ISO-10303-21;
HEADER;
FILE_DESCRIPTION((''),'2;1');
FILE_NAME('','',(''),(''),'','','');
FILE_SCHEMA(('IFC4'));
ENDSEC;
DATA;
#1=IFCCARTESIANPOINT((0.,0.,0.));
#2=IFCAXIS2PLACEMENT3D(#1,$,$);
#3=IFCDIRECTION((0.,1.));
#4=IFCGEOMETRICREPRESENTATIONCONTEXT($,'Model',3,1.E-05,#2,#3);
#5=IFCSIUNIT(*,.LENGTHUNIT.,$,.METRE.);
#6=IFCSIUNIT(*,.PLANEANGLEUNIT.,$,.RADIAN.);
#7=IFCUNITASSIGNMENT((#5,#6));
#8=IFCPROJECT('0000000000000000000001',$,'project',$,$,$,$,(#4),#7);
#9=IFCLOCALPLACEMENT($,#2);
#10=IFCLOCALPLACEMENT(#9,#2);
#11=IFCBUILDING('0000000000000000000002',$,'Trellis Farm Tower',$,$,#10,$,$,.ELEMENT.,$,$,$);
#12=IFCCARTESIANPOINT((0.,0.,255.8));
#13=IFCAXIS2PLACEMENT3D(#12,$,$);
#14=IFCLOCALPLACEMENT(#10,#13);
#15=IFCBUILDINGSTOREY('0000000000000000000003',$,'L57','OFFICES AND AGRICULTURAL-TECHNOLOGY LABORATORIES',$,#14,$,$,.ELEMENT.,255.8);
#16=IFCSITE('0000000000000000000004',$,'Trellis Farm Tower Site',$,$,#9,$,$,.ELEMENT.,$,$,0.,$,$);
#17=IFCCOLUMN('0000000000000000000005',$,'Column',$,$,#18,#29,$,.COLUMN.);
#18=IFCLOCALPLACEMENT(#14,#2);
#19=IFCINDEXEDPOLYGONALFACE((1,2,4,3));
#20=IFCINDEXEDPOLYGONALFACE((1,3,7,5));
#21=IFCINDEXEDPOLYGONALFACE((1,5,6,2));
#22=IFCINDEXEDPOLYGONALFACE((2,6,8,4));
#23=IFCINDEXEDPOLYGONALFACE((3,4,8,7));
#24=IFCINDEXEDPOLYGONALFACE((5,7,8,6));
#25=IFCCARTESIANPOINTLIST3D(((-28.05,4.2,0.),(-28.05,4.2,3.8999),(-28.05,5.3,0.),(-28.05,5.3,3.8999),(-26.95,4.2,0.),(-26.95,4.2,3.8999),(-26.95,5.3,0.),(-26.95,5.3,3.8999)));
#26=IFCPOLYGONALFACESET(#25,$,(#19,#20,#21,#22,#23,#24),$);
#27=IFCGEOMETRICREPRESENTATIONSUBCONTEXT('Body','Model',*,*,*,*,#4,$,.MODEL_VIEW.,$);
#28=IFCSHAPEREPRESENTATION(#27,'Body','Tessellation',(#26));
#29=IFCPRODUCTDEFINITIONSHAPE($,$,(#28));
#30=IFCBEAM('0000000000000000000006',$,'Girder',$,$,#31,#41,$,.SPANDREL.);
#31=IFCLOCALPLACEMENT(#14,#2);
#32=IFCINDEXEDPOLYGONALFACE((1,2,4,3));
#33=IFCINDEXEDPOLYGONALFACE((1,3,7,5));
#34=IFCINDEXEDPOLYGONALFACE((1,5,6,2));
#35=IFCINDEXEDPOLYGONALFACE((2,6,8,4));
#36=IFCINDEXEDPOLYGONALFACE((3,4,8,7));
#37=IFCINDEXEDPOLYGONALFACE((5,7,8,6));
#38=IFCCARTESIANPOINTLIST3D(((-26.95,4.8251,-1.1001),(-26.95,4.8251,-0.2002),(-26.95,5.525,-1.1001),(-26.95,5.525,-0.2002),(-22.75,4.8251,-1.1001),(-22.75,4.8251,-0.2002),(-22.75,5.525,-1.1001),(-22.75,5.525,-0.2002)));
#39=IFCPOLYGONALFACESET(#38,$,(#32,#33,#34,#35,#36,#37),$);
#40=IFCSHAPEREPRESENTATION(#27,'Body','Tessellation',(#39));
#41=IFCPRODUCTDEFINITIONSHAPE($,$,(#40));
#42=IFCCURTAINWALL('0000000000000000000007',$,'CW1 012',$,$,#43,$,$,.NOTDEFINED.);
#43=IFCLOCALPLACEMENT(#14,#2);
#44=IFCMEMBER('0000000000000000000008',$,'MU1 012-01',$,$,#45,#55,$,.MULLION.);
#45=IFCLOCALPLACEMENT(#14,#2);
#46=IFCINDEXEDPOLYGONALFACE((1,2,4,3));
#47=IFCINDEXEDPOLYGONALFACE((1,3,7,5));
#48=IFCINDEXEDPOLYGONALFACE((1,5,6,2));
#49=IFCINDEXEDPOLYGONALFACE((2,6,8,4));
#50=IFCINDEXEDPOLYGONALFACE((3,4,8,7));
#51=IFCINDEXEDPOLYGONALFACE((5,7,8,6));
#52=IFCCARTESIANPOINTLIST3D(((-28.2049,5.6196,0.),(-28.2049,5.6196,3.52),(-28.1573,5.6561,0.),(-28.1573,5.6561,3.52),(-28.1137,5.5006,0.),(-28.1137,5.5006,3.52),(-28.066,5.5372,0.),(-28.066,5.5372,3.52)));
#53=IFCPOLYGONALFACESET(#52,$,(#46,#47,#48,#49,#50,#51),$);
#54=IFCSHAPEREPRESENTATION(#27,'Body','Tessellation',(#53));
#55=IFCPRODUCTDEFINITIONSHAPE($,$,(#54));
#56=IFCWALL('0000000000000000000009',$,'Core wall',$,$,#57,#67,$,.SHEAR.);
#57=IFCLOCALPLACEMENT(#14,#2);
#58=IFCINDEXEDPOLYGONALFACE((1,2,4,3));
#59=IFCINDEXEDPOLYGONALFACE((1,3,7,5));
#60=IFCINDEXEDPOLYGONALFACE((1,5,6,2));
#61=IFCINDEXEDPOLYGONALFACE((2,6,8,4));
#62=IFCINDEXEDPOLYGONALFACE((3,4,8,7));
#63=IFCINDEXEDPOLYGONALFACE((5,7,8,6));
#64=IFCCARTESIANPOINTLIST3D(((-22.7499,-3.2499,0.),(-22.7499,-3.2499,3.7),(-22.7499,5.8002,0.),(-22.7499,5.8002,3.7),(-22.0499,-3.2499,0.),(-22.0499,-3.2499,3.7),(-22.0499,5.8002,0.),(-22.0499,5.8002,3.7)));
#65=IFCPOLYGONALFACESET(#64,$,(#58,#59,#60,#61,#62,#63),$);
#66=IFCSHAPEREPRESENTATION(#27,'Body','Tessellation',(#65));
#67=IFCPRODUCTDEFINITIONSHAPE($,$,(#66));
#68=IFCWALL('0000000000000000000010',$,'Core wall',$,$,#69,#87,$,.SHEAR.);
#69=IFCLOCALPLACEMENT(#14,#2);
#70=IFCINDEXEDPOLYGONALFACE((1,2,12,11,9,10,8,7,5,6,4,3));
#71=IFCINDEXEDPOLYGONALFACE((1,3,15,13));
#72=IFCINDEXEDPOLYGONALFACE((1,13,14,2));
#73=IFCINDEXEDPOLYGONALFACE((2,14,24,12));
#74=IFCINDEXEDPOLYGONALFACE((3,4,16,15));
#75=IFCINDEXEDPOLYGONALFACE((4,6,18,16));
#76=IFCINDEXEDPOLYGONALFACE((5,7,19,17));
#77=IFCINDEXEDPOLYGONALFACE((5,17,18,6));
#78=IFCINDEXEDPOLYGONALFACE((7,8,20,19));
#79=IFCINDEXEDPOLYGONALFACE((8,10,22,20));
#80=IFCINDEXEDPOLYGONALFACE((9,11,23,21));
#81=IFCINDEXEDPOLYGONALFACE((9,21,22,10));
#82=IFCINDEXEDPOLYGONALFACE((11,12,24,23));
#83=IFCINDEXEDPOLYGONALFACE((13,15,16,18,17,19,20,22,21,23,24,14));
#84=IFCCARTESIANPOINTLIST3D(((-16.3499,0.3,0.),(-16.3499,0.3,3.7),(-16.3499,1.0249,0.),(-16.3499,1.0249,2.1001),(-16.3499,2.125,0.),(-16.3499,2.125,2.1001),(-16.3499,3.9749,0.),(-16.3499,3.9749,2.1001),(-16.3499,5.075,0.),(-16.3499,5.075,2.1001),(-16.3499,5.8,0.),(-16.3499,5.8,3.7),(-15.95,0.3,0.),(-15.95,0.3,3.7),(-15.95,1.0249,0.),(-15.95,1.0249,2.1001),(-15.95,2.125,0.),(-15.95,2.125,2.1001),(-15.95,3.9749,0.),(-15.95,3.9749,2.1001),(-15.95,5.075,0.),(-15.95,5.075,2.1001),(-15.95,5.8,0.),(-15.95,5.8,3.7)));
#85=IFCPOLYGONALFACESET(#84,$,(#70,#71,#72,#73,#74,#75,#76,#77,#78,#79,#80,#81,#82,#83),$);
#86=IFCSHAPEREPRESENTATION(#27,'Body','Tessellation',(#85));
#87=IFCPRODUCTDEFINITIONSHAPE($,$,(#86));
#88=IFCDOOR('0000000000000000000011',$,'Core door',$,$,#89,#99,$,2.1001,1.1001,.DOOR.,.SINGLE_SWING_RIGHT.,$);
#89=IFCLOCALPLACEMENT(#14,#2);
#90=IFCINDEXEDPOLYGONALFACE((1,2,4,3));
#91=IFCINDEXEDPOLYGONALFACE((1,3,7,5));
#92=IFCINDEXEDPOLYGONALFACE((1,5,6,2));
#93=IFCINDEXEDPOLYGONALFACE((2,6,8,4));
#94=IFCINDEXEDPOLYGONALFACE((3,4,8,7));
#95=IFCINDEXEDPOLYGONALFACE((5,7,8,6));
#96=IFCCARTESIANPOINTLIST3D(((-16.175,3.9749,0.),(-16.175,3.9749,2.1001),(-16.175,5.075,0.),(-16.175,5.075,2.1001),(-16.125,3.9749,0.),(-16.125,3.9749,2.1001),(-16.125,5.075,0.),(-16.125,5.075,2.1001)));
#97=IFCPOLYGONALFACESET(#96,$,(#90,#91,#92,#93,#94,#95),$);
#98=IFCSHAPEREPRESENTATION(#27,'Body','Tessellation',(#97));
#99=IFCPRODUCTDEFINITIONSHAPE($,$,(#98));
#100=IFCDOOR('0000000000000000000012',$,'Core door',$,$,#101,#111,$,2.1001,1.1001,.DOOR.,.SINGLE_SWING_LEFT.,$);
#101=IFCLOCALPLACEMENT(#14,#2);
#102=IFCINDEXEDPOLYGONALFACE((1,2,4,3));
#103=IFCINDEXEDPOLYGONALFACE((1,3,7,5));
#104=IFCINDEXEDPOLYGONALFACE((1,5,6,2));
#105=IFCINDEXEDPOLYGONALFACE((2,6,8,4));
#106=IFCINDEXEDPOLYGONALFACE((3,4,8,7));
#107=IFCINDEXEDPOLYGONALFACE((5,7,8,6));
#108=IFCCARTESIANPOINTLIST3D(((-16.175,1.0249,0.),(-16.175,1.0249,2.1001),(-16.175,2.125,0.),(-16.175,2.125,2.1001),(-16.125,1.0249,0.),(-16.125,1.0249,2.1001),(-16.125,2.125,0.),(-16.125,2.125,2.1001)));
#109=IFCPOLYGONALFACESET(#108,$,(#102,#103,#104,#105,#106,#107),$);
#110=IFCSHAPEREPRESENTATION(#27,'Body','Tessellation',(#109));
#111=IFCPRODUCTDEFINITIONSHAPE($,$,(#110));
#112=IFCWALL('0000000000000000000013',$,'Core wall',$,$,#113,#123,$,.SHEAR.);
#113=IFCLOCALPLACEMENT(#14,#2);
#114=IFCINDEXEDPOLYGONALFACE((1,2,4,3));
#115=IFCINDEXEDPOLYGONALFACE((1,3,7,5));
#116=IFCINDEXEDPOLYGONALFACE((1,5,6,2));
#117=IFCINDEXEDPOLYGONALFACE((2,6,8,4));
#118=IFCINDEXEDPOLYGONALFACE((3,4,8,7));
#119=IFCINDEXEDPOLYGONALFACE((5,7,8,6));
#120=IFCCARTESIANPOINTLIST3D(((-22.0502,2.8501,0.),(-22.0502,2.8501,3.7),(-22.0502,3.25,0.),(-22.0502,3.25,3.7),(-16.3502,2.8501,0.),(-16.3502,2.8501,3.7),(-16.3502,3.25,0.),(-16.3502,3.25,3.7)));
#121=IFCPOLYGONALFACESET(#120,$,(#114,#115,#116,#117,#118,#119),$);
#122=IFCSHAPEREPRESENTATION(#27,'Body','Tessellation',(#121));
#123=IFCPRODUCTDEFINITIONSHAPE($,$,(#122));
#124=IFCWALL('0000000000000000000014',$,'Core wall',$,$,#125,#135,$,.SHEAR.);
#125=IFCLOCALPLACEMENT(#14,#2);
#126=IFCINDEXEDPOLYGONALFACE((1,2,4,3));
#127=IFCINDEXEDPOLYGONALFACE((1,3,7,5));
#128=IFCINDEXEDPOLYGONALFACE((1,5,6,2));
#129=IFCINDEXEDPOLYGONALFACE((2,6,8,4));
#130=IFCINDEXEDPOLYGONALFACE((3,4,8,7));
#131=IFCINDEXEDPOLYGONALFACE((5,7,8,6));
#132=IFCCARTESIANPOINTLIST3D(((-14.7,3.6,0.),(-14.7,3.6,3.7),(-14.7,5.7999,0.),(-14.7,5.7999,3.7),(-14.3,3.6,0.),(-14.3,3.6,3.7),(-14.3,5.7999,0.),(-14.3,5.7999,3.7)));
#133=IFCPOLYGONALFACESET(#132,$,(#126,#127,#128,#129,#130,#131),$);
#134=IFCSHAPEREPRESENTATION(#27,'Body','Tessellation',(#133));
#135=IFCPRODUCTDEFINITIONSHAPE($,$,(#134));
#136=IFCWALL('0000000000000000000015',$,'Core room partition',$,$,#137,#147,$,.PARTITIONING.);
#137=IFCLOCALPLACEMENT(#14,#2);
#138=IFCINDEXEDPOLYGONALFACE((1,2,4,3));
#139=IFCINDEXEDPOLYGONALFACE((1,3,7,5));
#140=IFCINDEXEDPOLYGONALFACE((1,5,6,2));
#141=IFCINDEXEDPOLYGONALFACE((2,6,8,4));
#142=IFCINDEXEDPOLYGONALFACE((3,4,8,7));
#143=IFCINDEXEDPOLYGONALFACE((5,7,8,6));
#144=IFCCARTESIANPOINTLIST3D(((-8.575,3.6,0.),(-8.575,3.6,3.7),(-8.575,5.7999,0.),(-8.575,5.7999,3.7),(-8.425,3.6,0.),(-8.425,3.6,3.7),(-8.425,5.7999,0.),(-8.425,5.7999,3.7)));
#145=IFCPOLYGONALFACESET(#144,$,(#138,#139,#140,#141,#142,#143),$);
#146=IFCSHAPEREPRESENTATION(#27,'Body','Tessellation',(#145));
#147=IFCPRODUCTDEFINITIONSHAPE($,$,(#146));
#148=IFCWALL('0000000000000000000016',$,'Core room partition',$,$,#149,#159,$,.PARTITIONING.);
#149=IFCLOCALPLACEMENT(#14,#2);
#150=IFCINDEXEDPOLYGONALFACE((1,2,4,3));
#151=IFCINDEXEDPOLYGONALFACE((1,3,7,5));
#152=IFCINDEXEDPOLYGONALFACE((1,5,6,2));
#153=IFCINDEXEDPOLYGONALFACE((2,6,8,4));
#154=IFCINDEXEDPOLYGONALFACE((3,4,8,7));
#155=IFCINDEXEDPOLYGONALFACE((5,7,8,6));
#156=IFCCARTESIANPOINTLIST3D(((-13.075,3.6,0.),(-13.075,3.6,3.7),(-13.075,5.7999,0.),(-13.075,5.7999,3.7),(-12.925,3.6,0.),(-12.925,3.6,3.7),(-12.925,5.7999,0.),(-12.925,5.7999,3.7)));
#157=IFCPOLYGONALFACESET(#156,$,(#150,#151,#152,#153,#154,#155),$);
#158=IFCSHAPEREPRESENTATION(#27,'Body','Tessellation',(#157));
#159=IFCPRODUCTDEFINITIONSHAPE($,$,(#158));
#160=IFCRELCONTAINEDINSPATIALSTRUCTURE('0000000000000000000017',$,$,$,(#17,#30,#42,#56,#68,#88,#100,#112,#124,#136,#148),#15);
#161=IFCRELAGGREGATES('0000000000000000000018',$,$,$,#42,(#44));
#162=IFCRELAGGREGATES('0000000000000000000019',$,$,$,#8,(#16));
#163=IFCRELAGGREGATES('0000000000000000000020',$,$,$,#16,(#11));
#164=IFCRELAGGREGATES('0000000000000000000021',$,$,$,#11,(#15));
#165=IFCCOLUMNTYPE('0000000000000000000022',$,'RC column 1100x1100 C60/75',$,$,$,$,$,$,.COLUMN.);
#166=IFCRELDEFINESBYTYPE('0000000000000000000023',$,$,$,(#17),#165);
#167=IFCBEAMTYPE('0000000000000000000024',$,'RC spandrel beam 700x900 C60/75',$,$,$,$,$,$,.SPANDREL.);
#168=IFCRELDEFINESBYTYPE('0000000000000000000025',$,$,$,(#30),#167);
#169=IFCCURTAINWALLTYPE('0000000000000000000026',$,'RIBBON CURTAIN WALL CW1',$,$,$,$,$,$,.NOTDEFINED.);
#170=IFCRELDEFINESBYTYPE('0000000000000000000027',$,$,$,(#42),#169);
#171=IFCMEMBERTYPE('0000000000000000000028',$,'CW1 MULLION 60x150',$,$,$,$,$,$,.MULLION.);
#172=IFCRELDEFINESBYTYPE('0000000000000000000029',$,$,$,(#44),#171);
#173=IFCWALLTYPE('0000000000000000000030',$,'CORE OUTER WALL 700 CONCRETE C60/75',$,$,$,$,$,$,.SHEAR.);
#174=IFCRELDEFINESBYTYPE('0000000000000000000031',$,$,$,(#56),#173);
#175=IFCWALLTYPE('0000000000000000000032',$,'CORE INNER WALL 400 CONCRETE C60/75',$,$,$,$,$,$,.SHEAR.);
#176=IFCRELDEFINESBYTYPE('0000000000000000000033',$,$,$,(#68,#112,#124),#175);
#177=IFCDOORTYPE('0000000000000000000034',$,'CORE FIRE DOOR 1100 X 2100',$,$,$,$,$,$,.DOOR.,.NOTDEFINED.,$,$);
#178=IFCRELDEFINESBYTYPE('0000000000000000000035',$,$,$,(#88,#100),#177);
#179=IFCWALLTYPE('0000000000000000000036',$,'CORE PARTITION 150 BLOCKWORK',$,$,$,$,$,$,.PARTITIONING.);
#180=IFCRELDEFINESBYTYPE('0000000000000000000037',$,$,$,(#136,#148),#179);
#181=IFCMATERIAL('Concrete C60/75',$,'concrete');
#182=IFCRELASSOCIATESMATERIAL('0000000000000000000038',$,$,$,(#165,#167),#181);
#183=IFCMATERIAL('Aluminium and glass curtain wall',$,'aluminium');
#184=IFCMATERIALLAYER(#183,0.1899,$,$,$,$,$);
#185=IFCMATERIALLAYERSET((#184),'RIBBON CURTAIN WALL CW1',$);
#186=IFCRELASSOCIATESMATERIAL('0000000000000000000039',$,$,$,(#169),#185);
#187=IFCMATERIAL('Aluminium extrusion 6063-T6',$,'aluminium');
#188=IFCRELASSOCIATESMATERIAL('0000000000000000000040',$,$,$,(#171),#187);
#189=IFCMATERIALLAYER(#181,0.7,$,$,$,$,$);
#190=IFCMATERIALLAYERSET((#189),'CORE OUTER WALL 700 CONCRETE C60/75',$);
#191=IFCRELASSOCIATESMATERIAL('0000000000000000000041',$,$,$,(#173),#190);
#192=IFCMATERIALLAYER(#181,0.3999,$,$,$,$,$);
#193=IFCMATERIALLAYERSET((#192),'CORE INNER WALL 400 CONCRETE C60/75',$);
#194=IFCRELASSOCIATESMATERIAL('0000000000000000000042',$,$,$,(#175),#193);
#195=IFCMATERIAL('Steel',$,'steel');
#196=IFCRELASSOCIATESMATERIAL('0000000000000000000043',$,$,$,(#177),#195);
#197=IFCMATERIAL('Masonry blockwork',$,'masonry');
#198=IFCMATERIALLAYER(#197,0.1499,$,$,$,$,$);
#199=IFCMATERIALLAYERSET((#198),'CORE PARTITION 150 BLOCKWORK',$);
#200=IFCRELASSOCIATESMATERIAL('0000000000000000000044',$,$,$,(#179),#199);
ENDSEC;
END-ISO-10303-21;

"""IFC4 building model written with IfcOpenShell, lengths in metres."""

from ifc_helpers import new_model, si_unit, direction, frame, frame_2d, origin, origin_2d, place, context, subcontext, project, spatial, rectangle, extrude, source, transform, mapped, material, layer, layer_set, material_profile, profile_set, type_object, element, fill, aggregate, save


model = new_model("IFC4")

# Units and contexts
model_context = context("Model", 3, precision=1e-05, world=origin(), true_north=direction((0.0, 1.0)))
body_context = subcontext(model_context, "Body", "Model", "MODEL_VIEW")
ifc_project = project(units=[si_unit("LENGTHUNIT", "METRE"), si_unit("PLANEANGLEUNIT", "RADIAN")], contexts=[model_context])

# Site, building, storey
site_placement = place(None, origin())
site = spatial("IfcSite", under=ifc_project, at=site_placement, Name="Trellis Farm Tower Site", CompositionType="ELEMENT", RefElevation=0.0)
building_placement = place(site_placement, origin())
building = spatial("IfcBuilding", under=site, at=building_placement, Name="Trellis Farm Tower", CompositionType="ELEMENT")
storey_placement = place(building_placement, frame((0.0, 0.0, 255.8)))
storey = spatial("IfcBuildingStorey", under=building, at=storey_placement, Name="L57", Description="OFFICES AND AGRICULTURAL-TECHNOLOGY LABORATORIES", CompositionType="ELEMENT", Elevation=255.8)

# Column
ifc_material_1 = material(Name="Concrete C60/75", Category="concrete")
ifc_material_profile_1 = material_profile(ifc_material_1, rectangle(XDim=1.1001, YDim=1.1001, at=origin_2d()), Name="RC column 1100x1100 C60/75")
ifc_profile_set_1 = profile_set([ifc_material_profile_1], Name="Concrete C60/75")
column_type = type_object("IfcColumnType", Name="RC column 1100x1100 C60/75", PredefinedType="COLUMN", material=ifc_profile_set_1)
shared_shape_1 = source(origin(), body_context, "Body", "SweptSolid", [
    extrude(rectangle(XDim=1.1001, YDim=1.1001, at=origin_2d()), origin(), (0.0, 0.0, 1.0), 3.8999),
])
column_placement = place(storey_placement, frame((-27.5, 4.75, 0.0), z_axis=(0.0, 0.0, 1.0), x_axis=(1.0, 0.0, 0.0)))
element("IfcColumn", 1, at=column_placement, inside=storey, type_object=column_type, Name="Column", PredefinedType="COLUMN", context=body_context, shape_type="MappedRepresentation", body=[
    mapped(shared_shape_1, transform((0.0, 0.0, 0.0))),
])

# Beam
ifc_material_profile_2 = material_profile(ifc_material_1, rectangle(XDim=0.7, YDim=0.8999, at=origin_2d()), Name="RC spandrel beam 700x900 C60/75")
ifc_profile_set_2 = profile_set([ifc_material_profile_2], Name="Concrete C60/75")
beam_type = type_object("IfcBeamType", Name="RC spandrel beam 700x900 C60/75", PredefinedType="SPANDREL", material=ifc_profile_set_2)
shared_shape_2 = source(origin(), body_context, "Body", "SweptSolid", [
    extrude(rectangle(XDim=0.7, YDim=0.8999, at=origin_2d()), origin(), (0.0, 0.0, 1.0), 4.2),
])
beam_placement = place(storey_placement, frame((-26.95, 5.175, -0.6501), z_axis=(1.0, 0.0, 0.0), x_axis=(0.0, 1.0, 0.0)))
element("IfcBeam", 2, at=beam_placement, inside=storey, type_object=beam_type, Name="Girder", PredefinedType="SPANDREL", context=body_context, shape_type="MappedRepresentation", body=[
    mapped(shared_shape_2, transform((0.0, 0.0, 0.0))),
])

# Curtain wall, member
ifc_material_2 = material(Name="Aluminium and glass curtain wall", Category="aluminium")
ifc_layer_1 = layer(ifc_material_2, 0.1899)
ifc_layer_set_1 = layer_set([ifc_layer_1], Name="RIBBON CURTAIN WALL CW1")
curtain_wall_type = type_object("IfcCurtainWallType", Name="RIBBON CURTAIN WALL CW1", PredefinedType="NOTDEFINED", material=ifc_layer_set_1)
placement = place(storey_placement, origin())
curtain_wall = element("IfcCurtainWall", 3, at=placement, inside=storey, type_object=curtain_wall_type, Name="CW1 012", PredefinedType="NOTDEFINED")
ifc_material_3 = material(Name="Aluminium extrusion 6063-T6", Category="aluminium")
ifc_material_profile_3 = material_profile(ifc_material_3, rectangle(XDim=0.0601, YDim=0.1499, at=origin_2d()), Name="MULLION 60x150")
ifc_profile_set_3 = profile_set([ifc_material_profile_3], Name="Aluminium extrusion 6063-T6")
member_type = type_object("IfcMemberType", Name="CW1 MULLION 60x150", PredefinedType="MULLION", material=ifc_profile_set_3)
shared_shape_3 = source(origin(), body_context, "Body", "SweptSolid", [
    extrude(rectangle(XDim=0.0601, YDim=0.1499, at=origin_2d()), origin(), (0.0, 0.0, 1.0), 3.52),
])
member_placement = place(storey_placement, frame((-28.1355, 5.5784, 0.0), z_axis=(0.0, 0.0, 1.0), x_axis=(-0.793353, -0.608761, 0.0)))
member = element("IfcMember", 4, at=member_placement, type_object=member_type, Name="MU1 012-01", PredefinedType="MULLION", context=body_context, shape_type="MappedRepresentation", body=[
    mapped(shared_shape_3, transform((0.0, 0.0, 0.0))),
])
aggregate(curtain_wall, [member])

# Wall
ifc_layer_2 = layer(ifc_material_1, 0.7)
ifc_layer_set_2 = layer_set([ifc_layer_2], Name="CORE OUTER WALL 700 CONCRETE C60/75")
wall_type_1 = type_object("IfcWallType", Name="CORE OUTER WALL 700 CONCRETE C60/75", PredefinedType="SHEAR", material=ifc_layer_set_2)
shared_shape_4 = source(origin(), body_context, "Body", "SweptSolid", [
    extrude(rectangle(XDim=9.05, YDim=0.7, at=frame_2d((4.5249, 0.0))), origin(), (0.0, 0.0, 1.0), 3.7),
])
wall_1_placement = place(storey_placement, frame((-22.3999, 5.8, 0.0), z_axis=(0.0, 0.0, 1.0), x_axis=(0.0, -1.0, 0.0)))
element("IfcWall", 5, at=wall_1_placement, inside=storey, type_object=wall_type_1, Name="Core wall", PredefinedType="SHEAR", context=body_context, shape_type="MappedRepresentation", body=[
    mapped(shared_shape_4, transform((0.0, 0.0, 0.0))),
])

# Wall, openings, doors
ifc_layer_3 = layer(ifc_material_1, 0.3999)
ifc_layer_set_3 = layer_set([ifc_layer_3], Name="CORE INNER WALL 400 CONCRETE C60/75")
wall_type_2 = type_object("IfcWallType", Name="CORE INNER WALL 400 CONCRETE C60/75", PredefinedType="SHEAR", material=ifc_layer_set_3)
shared_shape_5 = source(origin(), body_context, "Body", "SweptSolid", [
    extrude(rectangle(XDim=5.5, YDim=0.3999, at=frame_2d((2.75, 0.0))), origin(), (0.0, 0.0, 1.0), 3.7),
])
wall_2_placement = place(storey_placement, frame((-16.1499, 5.8, 0.0), z_axis=(0.0, 0.0, 1.0), x_axis=(0.0, -1.0, 0.0)))
wall_2 = element("IfcWall", 6, at=wall_2_placement, inside=storey, type_object=wall_type_2, Name="Core wall", PredefinedType="SHEAR", context=body_context, shape_type="MappedRepresentation", body=[
    mapped(shared_shape_5, transform((0.0, 0.0, 0.0))),
])
shared_shape_6 = source(origin(), body_context, "Body", "SweptSolid", [
    extrude(rectangle(XDim=1.1001, YDim=2.1001, at=frame_2d((0.55, 1.05))), frame((0.0, 0.21, 0.0), z_axis=(0.0, -1.0, 0.0), x_axis=(1.0, 0.0, 0.0)), (0.0, 0.0, 1.0), 0.4199),
])
opening_1_placement = place(wall_2_placement, frame((0.7251, 0.0, 0.0)))
opening_1 = element("IfcOpeningElement", 7, at=opening_1_placement, cuts=wall_2, PredefinedType="OPENING", context=body_context, shape_type="MappedRepresentation", body=[
    mapped(shared_shape_6, transform((0.0, 0.0, 0.0))),
])
opening_2_placement = place(wall_2_placement, frame((3.675, 0.0, 0.0)))
opening_2 = element("IfcOpeningElement", 8, at=opening_2_placement, cuts=wall_2, PredefinedType="OPENING", context=body_context, shape_type="MappedRepresentation", body=[
    mapped(shared_shape_6, transform((0.0, 0.0, 0.0))),
])
ifc_material_4 = material(Name="Steel", Category="steel")
door_type = type_object("IfcDoorType", Name="CORE FIRE DOOR 1100 X 2100", OperationType="NOTDEFINED", PredefinedType="DOOR", material=ifc_material_4)
shared_shape_7 = source(origin(), body_context, "Body", "SweptSolid", [
    extrude(rectangle(XDim=1.1001, YDim=2.1001, at=frame_2d((0.55, 1.05))), frame((0.0, 0.0249, 0.0), z_axis=(0.0, -1.0, 0.0), x_axis=(1.0, 0.0, 0.0)), (0.0, 0.0, 1.0), 0.05),
])
door_1_placement = place(opening_1_placement, origin())
door_1 = element("IfcDoor", 9, at=door_1_placement, inside=storey, type_object=door_type, Name="Core door", OperationType="SINGLE_SWING_RIGHT", OverallHeight=2.1001, OverallWidth=1.1001, PredefinedType="DOOR", context=body_context, shape_type="MappedRepresentation", body=[
    mapped(shared_shape_7, transform((0.0, 0.0, 0.0))),
])
fill(opening_1, door_1)
door_2_placement = place(opening_2_placement, origin())
door_2 = element("IfcDoor", 10, at=door_2_placement, inside=storey, type_object=door_type, Name="Core door", OperationType="SINGLE_SWING_LEFT", OverallHeight=2.1001, OverallWidth=1.1001, PredefinedType="DOOR", context=body_context, shape_type="MappedRepresentation", body=[
    mapped(shared_shape_7, transform((0.0, 0.0, 0.0))),
])
fill(opening_2, door_2)

# Walls
shared_shape_8 = source(origin(), body_context, "Body", "SweptSolid", [
    extrude(rectangle(XDim=5.7, YDim=0.3999, at=frame_2d((2.8501, 0.0))), origin(), (0.0, 0.0, 1.0), 3.7),
])
wall_3_placement = place(storey_placement, frame((-16.3501, 3.05, 0.0), z_axis=(0.0, 0.0, 1.0), x_axis=(-1.0, 0.0, 0.0)))
element("IfcWall", 11, at=wall_3_placement, inside=storey, type_object=wall_type_2, Name="Core wall", PredefinedType="SHEAR", context=body_context, shape_type="MappedRepresentation", body=[
    mapped(shared_shape_8, transform((0.0, 0.0, 0.0))),
])
shared_shape_9 = source(origin(), body_context, "Body", "SweptSolid", [
    extrude(rectangle(XDim=2.2, YDim=0.3999, at=frame_2d((1.1001, 0.0))), origin(), (0.0, 0.0, 1.0), 3.7),
])
wall_4_placement = place(storey_placement, frame((-14.5, 5.8, 0.0), z_axis=(0.0, 0.0, 1.0), x_axis=(0.0, -1.0, 0.0)))
element("IfcWall", 12, at=wall_4_placement, inside=storey, type_object=wall_type_2, Name="Core wall", PredefinedType="SHEAR", context=body_context, shape_type="MappedRepresentation", body=[
    mapped(shared_shape_9, transform((0.0, 0.0, 0.0))),
])
ifc_material_5 = material(Name="Masonry blockwork", Category="masonry")
ifc_layer_4 = layer(ifc_material_5, 0.1499)
ifc_layer_set_4 = layer_set([ifc_layer_4], Name="CORE PARTITION 150 BLOCKWORK")
wall_type_3 = type_object("IfcWallType", Name="CORE PARTITION 150 BLOCKWORK", PredefinedType="PARTITIONING", material=ifc_layer_set_4)
shared_shape_10 = source(origin(), body_context, "Body", "SweptSolid", [
    extrude(rectangle(XDim=2.2, YDim=0.1499, at=frame_2d((1.1001, 0.0))), origin(), (0.0, 0.0, 1.0), 3.7),
])
for number, where, z_axis, x_axis, name in (
    (13, (-8.5, 5.8, 0.0), (0.0, 0.0, 1.0), (0.0, -1.0, 0.0), "Core room partition"),
    (14, (-13.0, 5.8, 0.0), (0.0, 0.0, 1.0), (0.0, -1.0, 0.0), "Core room partition"),
):
    element("IfcWall", number, at=place(storey_placement, frame(where, z_axis=z_axis, x_axis=x_axis)), inside=storey, type_object=wall_type_3, Name=name, PredefinedType="PARTITIONING", context=body_context, shape_type="MappedRepresentation", body=[
        mapped(shared_shape_10, transform((0.0, 0.0, 0.0))),
    ])

save(model, "model.ifc")
